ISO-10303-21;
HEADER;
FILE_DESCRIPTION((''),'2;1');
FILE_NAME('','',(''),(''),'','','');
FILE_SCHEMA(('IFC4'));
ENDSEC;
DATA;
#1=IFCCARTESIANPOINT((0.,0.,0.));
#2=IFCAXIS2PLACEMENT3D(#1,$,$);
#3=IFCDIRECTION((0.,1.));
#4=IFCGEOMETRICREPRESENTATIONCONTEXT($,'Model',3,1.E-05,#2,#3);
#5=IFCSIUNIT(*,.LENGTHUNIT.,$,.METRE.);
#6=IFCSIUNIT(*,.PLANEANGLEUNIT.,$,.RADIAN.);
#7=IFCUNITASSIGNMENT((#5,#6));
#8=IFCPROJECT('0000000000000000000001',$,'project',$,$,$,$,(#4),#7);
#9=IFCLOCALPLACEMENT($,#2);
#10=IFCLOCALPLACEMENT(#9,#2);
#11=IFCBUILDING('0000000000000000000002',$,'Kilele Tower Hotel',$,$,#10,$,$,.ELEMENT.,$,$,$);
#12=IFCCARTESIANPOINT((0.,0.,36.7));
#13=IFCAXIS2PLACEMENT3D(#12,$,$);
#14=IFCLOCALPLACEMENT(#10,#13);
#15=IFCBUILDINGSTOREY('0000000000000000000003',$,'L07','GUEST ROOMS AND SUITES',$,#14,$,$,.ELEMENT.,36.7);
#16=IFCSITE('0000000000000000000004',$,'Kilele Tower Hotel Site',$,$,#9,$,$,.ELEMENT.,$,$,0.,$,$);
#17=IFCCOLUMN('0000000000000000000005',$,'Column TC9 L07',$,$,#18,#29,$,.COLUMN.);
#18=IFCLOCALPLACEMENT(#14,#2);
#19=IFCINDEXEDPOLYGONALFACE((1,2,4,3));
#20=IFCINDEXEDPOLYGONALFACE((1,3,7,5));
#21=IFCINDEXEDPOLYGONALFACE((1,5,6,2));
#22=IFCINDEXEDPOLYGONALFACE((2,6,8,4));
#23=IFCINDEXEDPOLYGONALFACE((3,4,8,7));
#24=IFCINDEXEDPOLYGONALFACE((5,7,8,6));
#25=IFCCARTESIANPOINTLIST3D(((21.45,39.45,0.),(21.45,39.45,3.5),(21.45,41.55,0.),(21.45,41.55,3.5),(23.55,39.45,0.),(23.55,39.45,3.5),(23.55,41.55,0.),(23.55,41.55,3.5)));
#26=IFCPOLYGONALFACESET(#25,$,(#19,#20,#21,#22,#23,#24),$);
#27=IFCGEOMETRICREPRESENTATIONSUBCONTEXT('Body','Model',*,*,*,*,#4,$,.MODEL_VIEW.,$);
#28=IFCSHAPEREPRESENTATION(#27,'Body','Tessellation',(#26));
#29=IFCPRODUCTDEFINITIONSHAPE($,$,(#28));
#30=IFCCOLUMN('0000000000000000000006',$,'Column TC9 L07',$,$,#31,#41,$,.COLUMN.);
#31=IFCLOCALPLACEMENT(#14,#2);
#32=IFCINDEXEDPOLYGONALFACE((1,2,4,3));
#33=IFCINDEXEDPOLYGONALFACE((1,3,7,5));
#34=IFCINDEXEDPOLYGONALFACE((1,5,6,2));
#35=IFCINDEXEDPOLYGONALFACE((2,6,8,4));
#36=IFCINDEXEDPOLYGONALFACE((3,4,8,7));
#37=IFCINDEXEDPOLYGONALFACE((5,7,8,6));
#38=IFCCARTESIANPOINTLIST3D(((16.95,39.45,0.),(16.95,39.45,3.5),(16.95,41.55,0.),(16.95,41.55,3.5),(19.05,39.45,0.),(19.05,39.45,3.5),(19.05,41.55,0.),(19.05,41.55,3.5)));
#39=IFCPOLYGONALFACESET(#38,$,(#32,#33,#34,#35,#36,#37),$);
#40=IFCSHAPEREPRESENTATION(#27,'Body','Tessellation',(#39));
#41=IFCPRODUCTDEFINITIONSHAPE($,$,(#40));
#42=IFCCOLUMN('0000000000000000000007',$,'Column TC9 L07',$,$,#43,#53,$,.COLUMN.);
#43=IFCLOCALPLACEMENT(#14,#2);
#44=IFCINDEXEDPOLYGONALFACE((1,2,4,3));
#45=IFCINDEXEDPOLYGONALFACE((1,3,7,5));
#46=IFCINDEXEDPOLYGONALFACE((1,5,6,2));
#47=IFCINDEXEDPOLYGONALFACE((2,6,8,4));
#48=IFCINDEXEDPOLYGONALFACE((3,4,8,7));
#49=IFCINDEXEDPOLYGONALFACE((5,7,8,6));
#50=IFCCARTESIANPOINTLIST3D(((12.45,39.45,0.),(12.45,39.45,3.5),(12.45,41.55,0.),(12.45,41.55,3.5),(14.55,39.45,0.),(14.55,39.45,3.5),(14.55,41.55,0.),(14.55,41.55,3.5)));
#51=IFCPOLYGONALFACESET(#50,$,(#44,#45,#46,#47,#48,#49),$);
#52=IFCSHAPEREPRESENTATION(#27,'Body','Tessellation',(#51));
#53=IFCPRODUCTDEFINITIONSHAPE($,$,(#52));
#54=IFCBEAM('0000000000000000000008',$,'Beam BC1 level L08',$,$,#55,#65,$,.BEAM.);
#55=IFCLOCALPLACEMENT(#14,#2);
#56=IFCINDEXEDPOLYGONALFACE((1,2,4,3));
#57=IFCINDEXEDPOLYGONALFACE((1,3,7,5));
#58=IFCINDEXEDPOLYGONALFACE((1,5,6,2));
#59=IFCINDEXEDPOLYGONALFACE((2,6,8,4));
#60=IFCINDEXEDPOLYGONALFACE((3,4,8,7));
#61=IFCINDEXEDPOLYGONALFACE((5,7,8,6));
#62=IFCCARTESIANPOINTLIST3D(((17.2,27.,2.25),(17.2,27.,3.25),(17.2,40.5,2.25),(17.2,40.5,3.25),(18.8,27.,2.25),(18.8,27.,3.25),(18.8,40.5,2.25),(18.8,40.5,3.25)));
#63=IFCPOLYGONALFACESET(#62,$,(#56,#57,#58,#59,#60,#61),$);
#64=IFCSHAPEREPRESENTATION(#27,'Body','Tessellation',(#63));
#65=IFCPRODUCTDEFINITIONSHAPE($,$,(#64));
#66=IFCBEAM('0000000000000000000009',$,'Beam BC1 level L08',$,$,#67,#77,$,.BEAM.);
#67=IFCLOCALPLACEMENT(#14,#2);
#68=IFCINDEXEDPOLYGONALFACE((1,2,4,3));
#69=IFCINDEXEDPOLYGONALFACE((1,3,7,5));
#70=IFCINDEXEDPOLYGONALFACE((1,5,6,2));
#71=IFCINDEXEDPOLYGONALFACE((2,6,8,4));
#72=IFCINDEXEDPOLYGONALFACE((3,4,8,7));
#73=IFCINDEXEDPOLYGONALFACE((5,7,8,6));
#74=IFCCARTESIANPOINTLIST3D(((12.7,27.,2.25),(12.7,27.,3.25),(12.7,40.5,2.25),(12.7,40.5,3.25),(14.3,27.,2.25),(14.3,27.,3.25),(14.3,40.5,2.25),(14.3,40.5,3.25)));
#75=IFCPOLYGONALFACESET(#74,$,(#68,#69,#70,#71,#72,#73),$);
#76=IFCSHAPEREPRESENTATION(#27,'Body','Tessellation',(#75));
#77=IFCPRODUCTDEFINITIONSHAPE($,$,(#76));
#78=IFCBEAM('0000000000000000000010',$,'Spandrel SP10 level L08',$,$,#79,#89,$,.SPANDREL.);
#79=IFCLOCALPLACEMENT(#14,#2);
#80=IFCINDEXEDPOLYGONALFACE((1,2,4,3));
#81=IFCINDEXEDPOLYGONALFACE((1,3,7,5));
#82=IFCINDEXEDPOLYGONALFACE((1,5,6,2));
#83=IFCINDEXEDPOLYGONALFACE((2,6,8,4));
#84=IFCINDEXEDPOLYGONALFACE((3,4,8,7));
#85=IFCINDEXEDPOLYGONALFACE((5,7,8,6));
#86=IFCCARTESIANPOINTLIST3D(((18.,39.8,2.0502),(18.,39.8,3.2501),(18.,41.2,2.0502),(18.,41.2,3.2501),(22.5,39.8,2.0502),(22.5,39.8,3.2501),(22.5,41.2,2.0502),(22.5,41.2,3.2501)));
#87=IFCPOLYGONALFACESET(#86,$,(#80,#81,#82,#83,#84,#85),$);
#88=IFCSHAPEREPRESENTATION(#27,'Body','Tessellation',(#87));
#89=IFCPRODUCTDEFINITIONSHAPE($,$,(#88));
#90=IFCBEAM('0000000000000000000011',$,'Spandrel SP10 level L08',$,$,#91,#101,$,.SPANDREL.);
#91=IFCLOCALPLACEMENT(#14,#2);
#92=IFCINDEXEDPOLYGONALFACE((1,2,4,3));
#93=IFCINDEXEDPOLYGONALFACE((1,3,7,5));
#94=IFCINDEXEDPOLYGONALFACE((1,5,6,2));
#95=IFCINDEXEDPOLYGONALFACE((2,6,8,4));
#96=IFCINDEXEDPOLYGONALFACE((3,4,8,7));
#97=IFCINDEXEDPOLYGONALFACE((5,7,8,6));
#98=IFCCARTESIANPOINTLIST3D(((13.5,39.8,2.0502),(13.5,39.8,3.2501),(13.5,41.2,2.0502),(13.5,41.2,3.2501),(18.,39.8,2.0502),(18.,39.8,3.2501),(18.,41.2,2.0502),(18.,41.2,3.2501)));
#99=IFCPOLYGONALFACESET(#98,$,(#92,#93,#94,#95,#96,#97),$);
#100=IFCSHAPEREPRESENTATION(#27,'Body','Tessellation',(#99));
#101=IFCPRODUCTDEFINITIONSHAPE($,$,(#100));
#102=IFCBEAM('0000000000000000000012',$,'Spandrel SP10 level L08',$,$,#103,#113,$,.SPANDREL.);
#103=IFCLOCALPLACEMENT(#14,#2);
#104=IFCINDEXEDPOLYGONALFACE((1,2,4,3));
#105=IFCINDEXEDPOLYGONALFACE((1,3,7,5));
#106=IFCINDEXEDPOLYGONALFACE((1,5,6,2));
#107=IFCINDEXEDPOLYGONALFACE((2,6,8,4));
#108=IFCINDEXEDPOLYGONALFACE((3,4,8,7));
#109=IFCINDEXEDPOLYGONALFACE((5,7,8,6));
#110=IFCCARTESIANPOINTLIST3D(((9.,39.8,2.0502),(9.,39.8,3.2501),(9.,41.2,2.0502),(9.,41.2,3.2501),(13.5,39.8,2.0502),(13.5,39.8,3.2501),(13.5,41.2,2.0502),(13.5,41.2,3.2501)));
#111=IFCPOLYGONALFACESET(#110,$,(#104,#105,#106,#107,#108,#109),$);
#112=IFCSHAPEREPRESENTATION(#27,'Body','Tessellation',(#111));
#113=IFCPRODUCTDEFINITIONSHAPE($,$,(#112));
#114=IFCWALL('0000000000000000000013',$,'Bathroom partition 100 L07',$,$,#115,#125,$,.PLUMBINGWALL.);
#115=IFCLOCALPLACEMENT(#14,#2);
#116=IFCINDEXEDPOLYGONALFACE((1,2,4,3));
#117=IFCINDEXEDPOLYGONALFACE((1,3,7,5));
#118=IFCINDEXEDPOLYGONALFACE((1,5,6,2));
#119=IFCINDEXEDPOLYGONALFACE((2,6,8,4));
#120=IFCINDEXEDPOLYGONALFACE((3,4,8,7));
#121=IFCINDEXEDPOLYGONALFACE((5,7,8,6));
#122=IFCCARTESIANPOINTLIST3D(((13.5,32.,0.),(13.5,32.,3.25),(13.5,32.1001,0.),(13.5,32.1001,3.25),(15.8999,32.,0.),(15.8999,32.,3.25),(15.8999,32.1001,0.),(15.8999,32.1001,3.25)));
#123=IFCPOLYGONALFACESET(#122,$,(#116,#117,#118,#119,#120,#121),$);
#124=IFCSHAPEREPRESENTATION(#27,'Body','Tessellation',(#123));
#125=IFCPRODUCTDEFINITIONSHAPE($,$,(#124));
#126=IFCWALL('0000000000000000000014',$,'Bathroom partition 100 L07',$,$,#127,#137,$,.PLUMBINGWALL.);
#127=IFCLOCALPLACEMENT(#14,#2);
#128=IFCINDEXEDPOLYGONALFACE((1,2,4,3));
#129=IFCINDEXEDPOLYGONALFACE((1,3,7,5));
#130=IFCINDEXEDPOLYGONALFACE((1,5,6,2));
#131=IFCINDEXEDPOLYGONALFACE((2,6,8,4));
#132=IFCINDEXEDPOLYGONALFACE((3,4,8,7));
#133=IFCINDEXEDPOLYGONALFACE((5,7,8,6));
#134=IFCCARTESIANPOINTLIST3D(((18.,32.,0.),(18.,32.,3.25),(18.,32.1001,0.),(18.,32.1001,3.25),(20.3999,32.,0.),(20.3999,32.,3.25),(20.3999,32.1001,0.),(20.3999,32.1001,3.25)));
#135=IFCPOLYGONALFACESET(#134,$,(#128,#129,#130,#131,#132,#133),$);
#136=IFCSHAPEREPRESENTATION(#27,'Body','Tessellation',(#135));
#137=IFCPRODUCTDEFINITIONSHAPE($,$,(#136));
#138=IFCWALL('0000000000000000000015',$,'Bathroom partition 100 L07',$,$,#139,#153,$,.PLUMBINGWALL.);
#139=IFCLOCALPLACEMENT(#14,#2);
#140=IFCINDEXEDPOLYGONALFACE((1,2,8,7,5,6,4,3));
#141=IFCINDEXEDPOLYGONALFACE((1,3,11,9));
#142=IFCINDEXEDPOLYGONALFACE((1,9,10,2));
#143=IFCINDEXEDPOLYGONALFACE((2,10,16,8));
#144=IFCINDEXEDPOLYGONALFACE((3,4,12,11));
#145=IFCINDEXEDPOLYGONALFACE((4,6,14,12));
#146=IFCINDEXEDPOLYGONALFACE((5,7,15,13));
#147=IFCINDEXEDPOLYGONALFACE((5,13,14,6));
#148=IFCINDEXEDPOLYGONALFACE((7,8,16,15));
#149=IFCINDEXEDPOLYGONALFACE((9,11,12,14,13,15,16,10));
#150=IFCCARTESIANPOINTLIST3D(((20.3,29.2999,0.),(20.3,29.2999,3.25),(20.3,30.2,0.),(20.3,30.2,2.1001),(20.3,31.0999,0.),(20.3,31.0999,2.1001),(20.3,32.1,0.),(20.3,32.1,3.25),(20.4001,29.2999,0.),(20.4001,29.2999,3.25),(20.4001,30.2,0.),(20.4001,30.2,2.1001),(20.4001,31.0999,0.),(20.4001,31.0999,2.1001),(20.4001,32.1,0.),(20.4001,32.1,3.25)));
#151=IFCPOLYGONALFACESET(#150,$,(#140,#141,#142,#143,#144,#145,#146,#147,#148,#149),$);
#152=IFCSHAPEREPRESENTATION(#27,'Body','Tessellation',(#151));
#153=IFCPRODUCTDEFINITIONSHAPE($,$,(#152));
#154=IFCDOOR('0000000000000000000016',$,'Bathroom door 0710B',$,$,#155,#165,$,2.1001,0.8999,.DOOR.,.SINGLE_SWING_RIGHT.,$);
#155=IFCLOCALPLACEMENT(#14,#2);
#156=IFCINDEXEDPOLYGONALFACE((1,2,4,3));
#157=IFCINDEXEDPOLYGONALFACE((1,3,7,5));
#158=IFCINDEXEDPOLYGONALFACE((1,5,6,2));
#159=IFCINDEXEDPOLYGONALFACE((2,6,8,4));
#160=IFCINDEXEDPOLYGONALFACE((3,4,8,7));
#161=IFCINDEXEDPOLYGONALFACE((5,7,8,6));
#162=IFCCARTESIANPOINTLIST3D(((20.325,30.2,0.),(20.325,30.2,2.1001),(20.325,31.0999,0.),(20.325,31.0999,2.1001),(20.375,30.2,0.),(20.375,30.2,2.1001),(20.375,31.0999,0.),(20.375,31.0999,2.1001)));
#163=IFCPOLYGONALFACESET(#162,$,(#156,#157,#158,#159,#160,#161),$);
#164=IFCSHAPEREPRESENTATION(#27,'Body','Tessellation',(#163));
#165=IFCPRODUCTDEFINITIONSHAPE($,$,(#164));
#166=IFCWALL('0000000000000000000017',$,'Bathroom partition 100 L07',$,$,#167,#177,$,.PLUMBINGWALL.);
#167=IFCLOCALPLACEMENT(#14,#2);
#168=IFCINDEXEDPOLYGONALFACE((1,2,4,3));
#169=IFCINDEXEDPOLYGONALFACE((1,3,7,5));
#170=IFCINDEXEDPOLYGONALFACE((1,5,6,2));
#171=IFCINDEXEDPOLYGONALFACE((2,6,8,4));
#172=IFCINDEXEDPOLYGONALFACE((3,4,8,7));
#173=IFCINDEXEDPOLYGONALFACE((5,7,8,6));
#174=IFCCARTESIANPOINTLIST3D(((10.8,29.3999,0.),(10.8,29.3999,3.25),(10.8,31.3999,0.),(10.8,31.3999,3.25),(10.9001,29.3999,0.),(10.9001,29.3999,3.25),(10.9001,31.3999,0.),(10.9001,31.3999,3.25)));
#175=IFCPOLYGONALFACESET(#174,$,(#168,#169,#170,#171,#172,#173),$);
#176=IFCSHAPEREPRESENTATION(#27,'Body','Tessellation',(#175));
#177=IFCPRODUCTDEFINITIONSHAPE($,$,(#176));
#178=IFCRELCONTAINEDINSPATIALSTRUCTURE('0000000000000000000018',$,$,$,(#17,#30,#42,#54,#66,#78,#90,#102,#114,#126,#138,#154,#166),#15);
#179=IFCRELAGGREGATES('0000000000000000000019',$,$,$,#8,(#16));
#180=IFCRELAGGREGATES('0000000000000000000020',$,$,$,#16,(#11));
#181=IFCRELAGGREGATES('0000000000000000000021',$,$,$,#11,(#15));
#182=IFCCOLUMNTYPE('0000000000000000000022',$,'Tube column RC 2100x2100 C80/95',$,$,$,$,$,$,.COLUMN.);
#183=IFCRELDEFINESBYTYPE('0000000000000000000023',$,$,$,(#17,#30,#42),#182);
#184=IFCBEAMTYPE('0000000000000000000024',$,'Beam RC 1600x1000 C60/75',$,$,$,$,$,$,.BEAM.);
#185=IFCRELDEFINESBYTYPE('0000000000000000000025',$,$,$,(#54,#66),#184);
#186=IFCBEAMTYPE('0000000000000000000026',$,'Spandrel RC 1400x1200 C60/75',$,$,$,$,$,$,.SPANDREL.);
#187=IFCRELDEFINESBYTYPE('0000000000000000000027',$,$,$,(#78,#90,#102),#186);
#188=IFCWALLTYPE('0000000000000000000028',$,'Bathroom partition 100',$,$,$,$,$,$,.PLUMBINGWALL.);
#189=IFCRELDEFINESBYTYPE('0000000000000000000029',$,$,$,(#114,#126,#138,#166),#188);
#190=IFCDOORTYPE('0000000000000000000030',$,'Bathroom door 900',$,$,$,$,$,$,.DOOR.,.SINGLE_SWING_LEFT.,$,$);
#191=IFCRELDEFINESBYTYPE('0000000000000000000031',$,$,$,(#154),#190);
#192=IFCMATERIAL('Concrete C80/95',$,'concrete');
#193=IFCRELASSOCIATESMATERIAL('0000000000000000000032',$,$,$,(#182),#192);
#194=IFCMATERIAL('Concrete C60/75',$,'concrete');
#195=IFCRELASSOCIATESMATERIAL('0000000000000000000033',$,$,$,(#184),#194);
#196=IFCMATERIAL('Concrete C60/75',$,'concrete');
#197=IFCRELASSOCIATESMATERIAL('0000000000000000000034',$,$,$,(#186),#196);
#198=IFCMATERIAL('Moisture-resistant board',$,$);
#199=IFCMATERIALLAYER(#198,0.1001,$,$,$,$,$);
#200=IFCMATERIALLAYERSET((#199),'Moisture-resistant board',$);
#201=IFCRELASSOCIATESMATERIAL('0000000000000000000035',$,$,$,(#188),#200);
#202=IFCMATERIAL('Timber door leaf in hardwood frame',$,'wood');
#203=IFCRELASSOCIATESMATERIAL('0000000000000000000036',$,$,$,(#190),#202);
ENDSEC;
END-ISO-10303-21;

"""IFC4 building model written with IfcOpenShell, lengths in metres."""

from ifc_helpers import new_model, si_unit, direction, frame, frame_2d, origin, origin_2d, place, context, subcontext, project, spatial, rectangle, extrude, material, layer, layer_set, material_profile, profile_set, type_object, element, fill, save


model = new_model("IFC4")

# Units and contexts
model_context = context("Model", 3, precision=1e-05, world=origin(), true_north=direction((0.0, 1.0)))
body_context = subcontext(model_context, "Body", "Model", "MODEL_VIEW")
ifc_project = project(units=[si_unit("LENGTHUNIT", "METRE"), si_unit("PLANEANGLEUNIT", "RADIAN")], contexts=[model_context])

# Site, building, storey
site_placement = place(None, origin())
site = spatial("IfcSite", under=ifc_project, at=site_placement, Name="Kilele Tower Hotel Site", CompositionType="ELEMENT", RefElevation=0.0)
building_placement = place(site_placement, origin())
building = spatial("IfcBuilding", under=site, at=building_placement, Name="Kilele Tower Hotel", CompositionType="ELEMENT")
storey_placement = place(building_placement, frame((0.0, 0.0, 36.7)))
storey = spatial("IfcBuildingStorey", under=building, at=storey_placement, Name="L07", Description="GUEST ROOMS AND SUITES", CompositionType="ELEMENT", Elevation=36.7)

# Columns
ifc_material_1 = material(Name="Concrete C80/95", Category="concrete")
ifc_material_profile_1 = material_profile(ifc_material_1, rectangle(XDim=2.1001, YDim=2.1001, at=origin_2d()))
ifc_profile_set_1 = profile_set([ifc_material_profile_1], Name="Concrete C80/95")
column_type = type_object("IfcColumnType", Name="Tube column RC 2100x2100 C80/95", PredefinedType="COLUMN", material=ifc_profile_set_1)
for number, where, z_axis, x_axis, name in (
    (1, (22.5, 40.5, 0.0), (0.0, 0.0, 1.0), (1.0, 0.0, 0.0), "Column TC9 L07"),
    (2, (18.0, 40.5, 0.0), (0.0, 0.0, 1.0), (1.0, 0.0, 0.0), "Column TC9 L07"),
    (3, (13.5, 40.5, 0.0), (0.0, 0.0, 1.0), (1.0, 0.0, 0.0), "Column TC9 L07"),
):
    element("IfcColumn", number, at=place(storey_placement, frame(where, z_axis=z_axis, x_axis=x_axis)), inside=storey, type_object=column_type, Name=name, PredefinedType="COLUMN", context=body_context, shape_type="SweptSolid", body=[
        extrude(rectangle(XDim=2.1001, YDim=2.1001, at=origin_2d()), origin(), (0.0, 0.0, 1.0), 3.5),
    ])

# Beams
ifc_material_2 = material(Name="Concrete C60/75", Category="concrete")
ifc_material_profile_2 = material_profile(ifc_material_2, rectangle(XDim=1.6001, YDim=1.0, at=origin_2d()))
ifc_profile_set_2 = profile_set([ifc_material_profile_2], Name="Concrete C60/75")
beam_type_1 = type_object("IfcBeamType", Name="Beam RC 1600x1000 C60/75", PredefinedType="BEAM", material=ifc_profile_set_2)
for number, where, z_axis, x_axis, name in (
    (4, (18.0, 40.5, 2.75), (0.0, -1.0, 0.0), (1.0, 0.0, 0.0), "Beam BC1 level L08"),
    (5, (13.5, 40.5, 2.75), (0.0, -1.0, 0.0), (1.0, 0.0, 0.0), "Beam BC1 level L08"),
):
    element("IfcBeam", number, at=place(storey_placement, frame(where, z_axis=z_axis, x_axis=x_axis)), inside=storey, type_object=beam_type_1, Name=name, PredefinedType="BEAM", context=body_context, shape_type="SweptSolid", body=[
        extrude(rectangle(XDim=1.6001, YDim=1.0, at=origin_2d()), origin(), (0.0, 0.0, 1.0), 13.5),
    ])
ifc_material_3 = material(Name="Concrete C60/75", Category="concrete")
ifc_material_profile_3 = material_profile(ifc_material_3, rectangle(XDim=1.3999, YDim=1.2, at=origin_2d()))
ifc_profile_set_3 = profile_set([ifc_material_profile_3], Name="Concrete C60/75")
beam_type_2 = type_object("IfcBeamType", Name="Spandrel RC 1400x1200 C60/75", PredefinedType="SPANDREL", material=ifc_profile_set_3)
for number, where, z_axis, x_axis, name in (
    (6, (22.5, 40.5, 2.6501), (-1.0, 0.0, 0.0), (0.0, -1.0, 0.0), "Spandrel SP10 level L08"),
    (7, (18.0, 40.5, 2.6501), (-1.0, 0.0, 0.0), (0.0, -1.0, 0.0), "Spandrel SP10 level L08"),
    (8, (13.5, 40.5, 2.6501), (-1.0, 0.0, 0.0), (0.0, -1.0, 0.0), "Spandrel SP10 level L08"),
):
    element("IfcBeam", number, at=place(storey_placement, frame(where, z_axis=z_axis, x_axis=x_axis)), inside=storey, type_object=beam_type_2, Name=name, PredefinedType="SPANDREL", context=body_context, shape_type="SweptSolid", body=[
        extrude(rectangle(XDim=1.3999, YDim=1.2, at=origin_2d()), origin(), (0.0, 0.0, 1.0), 4.5),
    ])

# Walls
ifc_material_4 = material(Name="Moisture-resistant board")
ifc_layer_1 = layer(ifc_material_4, 0.1001)
ifc_layer_set_1 = layer_set([ifc_layer_1], Name="Moisture-resistant board")
wall_type_1 = type_object("IfcWallType", Name="Bathroom partition 100", PredefinedType="PLUMBINGWALL", material=ifc_layer_set_1)
for number, where, z_axis, x_axis, name in (
    (9, (13.5, 32.05, 0.0), (0.0, 0.0, 1.0), (1.0, 0.0, 0.0), "Bathroom partition 100 L07"),
    (10, (18.0, 32.05, 0.0), (0.0, 0.0, 1.0), (1.0, 0.0, 0.0), "Bathroom partition 100 L07"),
):
    element("IfcWall", number, at=place(storey_placement, frame(where, z_axis=z_axis, x_axis=x_axis)), inside=storey, type_object=wall_type_1, Name=name, PredefinedType="PLUMBINGWALL", context=body_context, shape_type="SweptSolid", body=[
        extrude(rectangle(XDim=2.3999, YDim=0.1001, at=frame_2d((1.2, 0.0))), origin(), (0.0, 0.0, 1.0), 3.25),
    ])

# Wall, opening, door
wall_1_placement = place(storey_placement, frame((20.3501, 29.3, 0.0), z_axis=(0.0, 0.0, 1.0), x_axis=(0.0, 1.0, 0.0)))
wall_1 = element("IfcWall", 11, at=wall_1_placement, inside=storey, type_object=wall_type_1, Name="Bathroom partition 100 L07", PredefinedType="PLUMBINGWALL", context=body_context, shape_type="SweptSolid", body=[
    extrude(rectangle(XDim=2.8, YDim=0.1001, at=frame_2d((1.3999, 0.0))), origin(), (0.0, 0.0, 1.0), 3.25),
])
opening_1_placement = place(wall_1_placement, frame((1.7998, 0.0, 0.0), z_axis=(0.0, 0.0, 1.0), x_axis=(-1.0, 0.0, 0.0)))
opening_1 = element("IfcOpeningElement", 12, at=opening_1_placement, cuts=wall_1, PredefinedType="OPENING", context=body_context, shape_type="SweptSolid", body=[
    extrude(rectangle(XDim=0.8999, YDim=2.1001, at=frame_2d((0.45, 1.05))), frame((0.0, 0.0601, 0.0), z_axis=(0.0, -1.0, 0.0), x_axis=(1.0, 0.0, 0.0)), (0.0, 0.0, 1.0), 0.1201),
])
ifc_material_5 = material(Name="Timber door leaf in hardwood frame", Category="wood")
door_type_1 = type_object("IfcDoorType", Name="Bathroom door 900", OperationType="SINGLE_SWING_LEFT", PredefinedType="DOOR", material=ifc_material_5)
door_1_placement = place(opening_1_placement, origin())
door_1 = element("IfcDoor", 13, at=door_1_placement, inside=storey, type_object=door_type_1, Name="Bathroom door 0710B", OperationType="SINGLE_SWING_RIGHT", OverallHeight=2.1001, OverallWidth=0.8999, PredefinedType="DOOR", context=body_context, shape_type="SweptSolid", body=[
    extrude(rectangle(XDim=0.8999, YDim=2.1001, at=frame_2d((0.45, 1.05))), frame((0.0, 0.0249, 0.0), z_axis=(0.0, -1.0, 0.0), x_axis=(1.0, 0.0, 0.0)), (0.0, 0.0, 1.0), 0.05),
])
fill(opening_1, door_1)

# Wall
wall_2_placement = place(storey_placement, frame((10.8501, 31.3999, 0.0), z_axis=(0.0, 0.0, 1.0), x_axis=(0.0, -1.0, 0.0)))
element("IfcWall", 14, at=wall_2_placement, inside=storey, type_object=wall_type_1, Name="Bathroom partition 100 L07", PredefinedType="PLUMBINGWALL", context=body_context, shape_type="SweptSolid", body=[
    extrude(rectangle(XDim=2.0, YDim=0.1001, at=frame_2d((1.0, 0.0))), origin(), (0.0, 0.0, 1.0), 3.25),
])

save(model, "model.ifc")
